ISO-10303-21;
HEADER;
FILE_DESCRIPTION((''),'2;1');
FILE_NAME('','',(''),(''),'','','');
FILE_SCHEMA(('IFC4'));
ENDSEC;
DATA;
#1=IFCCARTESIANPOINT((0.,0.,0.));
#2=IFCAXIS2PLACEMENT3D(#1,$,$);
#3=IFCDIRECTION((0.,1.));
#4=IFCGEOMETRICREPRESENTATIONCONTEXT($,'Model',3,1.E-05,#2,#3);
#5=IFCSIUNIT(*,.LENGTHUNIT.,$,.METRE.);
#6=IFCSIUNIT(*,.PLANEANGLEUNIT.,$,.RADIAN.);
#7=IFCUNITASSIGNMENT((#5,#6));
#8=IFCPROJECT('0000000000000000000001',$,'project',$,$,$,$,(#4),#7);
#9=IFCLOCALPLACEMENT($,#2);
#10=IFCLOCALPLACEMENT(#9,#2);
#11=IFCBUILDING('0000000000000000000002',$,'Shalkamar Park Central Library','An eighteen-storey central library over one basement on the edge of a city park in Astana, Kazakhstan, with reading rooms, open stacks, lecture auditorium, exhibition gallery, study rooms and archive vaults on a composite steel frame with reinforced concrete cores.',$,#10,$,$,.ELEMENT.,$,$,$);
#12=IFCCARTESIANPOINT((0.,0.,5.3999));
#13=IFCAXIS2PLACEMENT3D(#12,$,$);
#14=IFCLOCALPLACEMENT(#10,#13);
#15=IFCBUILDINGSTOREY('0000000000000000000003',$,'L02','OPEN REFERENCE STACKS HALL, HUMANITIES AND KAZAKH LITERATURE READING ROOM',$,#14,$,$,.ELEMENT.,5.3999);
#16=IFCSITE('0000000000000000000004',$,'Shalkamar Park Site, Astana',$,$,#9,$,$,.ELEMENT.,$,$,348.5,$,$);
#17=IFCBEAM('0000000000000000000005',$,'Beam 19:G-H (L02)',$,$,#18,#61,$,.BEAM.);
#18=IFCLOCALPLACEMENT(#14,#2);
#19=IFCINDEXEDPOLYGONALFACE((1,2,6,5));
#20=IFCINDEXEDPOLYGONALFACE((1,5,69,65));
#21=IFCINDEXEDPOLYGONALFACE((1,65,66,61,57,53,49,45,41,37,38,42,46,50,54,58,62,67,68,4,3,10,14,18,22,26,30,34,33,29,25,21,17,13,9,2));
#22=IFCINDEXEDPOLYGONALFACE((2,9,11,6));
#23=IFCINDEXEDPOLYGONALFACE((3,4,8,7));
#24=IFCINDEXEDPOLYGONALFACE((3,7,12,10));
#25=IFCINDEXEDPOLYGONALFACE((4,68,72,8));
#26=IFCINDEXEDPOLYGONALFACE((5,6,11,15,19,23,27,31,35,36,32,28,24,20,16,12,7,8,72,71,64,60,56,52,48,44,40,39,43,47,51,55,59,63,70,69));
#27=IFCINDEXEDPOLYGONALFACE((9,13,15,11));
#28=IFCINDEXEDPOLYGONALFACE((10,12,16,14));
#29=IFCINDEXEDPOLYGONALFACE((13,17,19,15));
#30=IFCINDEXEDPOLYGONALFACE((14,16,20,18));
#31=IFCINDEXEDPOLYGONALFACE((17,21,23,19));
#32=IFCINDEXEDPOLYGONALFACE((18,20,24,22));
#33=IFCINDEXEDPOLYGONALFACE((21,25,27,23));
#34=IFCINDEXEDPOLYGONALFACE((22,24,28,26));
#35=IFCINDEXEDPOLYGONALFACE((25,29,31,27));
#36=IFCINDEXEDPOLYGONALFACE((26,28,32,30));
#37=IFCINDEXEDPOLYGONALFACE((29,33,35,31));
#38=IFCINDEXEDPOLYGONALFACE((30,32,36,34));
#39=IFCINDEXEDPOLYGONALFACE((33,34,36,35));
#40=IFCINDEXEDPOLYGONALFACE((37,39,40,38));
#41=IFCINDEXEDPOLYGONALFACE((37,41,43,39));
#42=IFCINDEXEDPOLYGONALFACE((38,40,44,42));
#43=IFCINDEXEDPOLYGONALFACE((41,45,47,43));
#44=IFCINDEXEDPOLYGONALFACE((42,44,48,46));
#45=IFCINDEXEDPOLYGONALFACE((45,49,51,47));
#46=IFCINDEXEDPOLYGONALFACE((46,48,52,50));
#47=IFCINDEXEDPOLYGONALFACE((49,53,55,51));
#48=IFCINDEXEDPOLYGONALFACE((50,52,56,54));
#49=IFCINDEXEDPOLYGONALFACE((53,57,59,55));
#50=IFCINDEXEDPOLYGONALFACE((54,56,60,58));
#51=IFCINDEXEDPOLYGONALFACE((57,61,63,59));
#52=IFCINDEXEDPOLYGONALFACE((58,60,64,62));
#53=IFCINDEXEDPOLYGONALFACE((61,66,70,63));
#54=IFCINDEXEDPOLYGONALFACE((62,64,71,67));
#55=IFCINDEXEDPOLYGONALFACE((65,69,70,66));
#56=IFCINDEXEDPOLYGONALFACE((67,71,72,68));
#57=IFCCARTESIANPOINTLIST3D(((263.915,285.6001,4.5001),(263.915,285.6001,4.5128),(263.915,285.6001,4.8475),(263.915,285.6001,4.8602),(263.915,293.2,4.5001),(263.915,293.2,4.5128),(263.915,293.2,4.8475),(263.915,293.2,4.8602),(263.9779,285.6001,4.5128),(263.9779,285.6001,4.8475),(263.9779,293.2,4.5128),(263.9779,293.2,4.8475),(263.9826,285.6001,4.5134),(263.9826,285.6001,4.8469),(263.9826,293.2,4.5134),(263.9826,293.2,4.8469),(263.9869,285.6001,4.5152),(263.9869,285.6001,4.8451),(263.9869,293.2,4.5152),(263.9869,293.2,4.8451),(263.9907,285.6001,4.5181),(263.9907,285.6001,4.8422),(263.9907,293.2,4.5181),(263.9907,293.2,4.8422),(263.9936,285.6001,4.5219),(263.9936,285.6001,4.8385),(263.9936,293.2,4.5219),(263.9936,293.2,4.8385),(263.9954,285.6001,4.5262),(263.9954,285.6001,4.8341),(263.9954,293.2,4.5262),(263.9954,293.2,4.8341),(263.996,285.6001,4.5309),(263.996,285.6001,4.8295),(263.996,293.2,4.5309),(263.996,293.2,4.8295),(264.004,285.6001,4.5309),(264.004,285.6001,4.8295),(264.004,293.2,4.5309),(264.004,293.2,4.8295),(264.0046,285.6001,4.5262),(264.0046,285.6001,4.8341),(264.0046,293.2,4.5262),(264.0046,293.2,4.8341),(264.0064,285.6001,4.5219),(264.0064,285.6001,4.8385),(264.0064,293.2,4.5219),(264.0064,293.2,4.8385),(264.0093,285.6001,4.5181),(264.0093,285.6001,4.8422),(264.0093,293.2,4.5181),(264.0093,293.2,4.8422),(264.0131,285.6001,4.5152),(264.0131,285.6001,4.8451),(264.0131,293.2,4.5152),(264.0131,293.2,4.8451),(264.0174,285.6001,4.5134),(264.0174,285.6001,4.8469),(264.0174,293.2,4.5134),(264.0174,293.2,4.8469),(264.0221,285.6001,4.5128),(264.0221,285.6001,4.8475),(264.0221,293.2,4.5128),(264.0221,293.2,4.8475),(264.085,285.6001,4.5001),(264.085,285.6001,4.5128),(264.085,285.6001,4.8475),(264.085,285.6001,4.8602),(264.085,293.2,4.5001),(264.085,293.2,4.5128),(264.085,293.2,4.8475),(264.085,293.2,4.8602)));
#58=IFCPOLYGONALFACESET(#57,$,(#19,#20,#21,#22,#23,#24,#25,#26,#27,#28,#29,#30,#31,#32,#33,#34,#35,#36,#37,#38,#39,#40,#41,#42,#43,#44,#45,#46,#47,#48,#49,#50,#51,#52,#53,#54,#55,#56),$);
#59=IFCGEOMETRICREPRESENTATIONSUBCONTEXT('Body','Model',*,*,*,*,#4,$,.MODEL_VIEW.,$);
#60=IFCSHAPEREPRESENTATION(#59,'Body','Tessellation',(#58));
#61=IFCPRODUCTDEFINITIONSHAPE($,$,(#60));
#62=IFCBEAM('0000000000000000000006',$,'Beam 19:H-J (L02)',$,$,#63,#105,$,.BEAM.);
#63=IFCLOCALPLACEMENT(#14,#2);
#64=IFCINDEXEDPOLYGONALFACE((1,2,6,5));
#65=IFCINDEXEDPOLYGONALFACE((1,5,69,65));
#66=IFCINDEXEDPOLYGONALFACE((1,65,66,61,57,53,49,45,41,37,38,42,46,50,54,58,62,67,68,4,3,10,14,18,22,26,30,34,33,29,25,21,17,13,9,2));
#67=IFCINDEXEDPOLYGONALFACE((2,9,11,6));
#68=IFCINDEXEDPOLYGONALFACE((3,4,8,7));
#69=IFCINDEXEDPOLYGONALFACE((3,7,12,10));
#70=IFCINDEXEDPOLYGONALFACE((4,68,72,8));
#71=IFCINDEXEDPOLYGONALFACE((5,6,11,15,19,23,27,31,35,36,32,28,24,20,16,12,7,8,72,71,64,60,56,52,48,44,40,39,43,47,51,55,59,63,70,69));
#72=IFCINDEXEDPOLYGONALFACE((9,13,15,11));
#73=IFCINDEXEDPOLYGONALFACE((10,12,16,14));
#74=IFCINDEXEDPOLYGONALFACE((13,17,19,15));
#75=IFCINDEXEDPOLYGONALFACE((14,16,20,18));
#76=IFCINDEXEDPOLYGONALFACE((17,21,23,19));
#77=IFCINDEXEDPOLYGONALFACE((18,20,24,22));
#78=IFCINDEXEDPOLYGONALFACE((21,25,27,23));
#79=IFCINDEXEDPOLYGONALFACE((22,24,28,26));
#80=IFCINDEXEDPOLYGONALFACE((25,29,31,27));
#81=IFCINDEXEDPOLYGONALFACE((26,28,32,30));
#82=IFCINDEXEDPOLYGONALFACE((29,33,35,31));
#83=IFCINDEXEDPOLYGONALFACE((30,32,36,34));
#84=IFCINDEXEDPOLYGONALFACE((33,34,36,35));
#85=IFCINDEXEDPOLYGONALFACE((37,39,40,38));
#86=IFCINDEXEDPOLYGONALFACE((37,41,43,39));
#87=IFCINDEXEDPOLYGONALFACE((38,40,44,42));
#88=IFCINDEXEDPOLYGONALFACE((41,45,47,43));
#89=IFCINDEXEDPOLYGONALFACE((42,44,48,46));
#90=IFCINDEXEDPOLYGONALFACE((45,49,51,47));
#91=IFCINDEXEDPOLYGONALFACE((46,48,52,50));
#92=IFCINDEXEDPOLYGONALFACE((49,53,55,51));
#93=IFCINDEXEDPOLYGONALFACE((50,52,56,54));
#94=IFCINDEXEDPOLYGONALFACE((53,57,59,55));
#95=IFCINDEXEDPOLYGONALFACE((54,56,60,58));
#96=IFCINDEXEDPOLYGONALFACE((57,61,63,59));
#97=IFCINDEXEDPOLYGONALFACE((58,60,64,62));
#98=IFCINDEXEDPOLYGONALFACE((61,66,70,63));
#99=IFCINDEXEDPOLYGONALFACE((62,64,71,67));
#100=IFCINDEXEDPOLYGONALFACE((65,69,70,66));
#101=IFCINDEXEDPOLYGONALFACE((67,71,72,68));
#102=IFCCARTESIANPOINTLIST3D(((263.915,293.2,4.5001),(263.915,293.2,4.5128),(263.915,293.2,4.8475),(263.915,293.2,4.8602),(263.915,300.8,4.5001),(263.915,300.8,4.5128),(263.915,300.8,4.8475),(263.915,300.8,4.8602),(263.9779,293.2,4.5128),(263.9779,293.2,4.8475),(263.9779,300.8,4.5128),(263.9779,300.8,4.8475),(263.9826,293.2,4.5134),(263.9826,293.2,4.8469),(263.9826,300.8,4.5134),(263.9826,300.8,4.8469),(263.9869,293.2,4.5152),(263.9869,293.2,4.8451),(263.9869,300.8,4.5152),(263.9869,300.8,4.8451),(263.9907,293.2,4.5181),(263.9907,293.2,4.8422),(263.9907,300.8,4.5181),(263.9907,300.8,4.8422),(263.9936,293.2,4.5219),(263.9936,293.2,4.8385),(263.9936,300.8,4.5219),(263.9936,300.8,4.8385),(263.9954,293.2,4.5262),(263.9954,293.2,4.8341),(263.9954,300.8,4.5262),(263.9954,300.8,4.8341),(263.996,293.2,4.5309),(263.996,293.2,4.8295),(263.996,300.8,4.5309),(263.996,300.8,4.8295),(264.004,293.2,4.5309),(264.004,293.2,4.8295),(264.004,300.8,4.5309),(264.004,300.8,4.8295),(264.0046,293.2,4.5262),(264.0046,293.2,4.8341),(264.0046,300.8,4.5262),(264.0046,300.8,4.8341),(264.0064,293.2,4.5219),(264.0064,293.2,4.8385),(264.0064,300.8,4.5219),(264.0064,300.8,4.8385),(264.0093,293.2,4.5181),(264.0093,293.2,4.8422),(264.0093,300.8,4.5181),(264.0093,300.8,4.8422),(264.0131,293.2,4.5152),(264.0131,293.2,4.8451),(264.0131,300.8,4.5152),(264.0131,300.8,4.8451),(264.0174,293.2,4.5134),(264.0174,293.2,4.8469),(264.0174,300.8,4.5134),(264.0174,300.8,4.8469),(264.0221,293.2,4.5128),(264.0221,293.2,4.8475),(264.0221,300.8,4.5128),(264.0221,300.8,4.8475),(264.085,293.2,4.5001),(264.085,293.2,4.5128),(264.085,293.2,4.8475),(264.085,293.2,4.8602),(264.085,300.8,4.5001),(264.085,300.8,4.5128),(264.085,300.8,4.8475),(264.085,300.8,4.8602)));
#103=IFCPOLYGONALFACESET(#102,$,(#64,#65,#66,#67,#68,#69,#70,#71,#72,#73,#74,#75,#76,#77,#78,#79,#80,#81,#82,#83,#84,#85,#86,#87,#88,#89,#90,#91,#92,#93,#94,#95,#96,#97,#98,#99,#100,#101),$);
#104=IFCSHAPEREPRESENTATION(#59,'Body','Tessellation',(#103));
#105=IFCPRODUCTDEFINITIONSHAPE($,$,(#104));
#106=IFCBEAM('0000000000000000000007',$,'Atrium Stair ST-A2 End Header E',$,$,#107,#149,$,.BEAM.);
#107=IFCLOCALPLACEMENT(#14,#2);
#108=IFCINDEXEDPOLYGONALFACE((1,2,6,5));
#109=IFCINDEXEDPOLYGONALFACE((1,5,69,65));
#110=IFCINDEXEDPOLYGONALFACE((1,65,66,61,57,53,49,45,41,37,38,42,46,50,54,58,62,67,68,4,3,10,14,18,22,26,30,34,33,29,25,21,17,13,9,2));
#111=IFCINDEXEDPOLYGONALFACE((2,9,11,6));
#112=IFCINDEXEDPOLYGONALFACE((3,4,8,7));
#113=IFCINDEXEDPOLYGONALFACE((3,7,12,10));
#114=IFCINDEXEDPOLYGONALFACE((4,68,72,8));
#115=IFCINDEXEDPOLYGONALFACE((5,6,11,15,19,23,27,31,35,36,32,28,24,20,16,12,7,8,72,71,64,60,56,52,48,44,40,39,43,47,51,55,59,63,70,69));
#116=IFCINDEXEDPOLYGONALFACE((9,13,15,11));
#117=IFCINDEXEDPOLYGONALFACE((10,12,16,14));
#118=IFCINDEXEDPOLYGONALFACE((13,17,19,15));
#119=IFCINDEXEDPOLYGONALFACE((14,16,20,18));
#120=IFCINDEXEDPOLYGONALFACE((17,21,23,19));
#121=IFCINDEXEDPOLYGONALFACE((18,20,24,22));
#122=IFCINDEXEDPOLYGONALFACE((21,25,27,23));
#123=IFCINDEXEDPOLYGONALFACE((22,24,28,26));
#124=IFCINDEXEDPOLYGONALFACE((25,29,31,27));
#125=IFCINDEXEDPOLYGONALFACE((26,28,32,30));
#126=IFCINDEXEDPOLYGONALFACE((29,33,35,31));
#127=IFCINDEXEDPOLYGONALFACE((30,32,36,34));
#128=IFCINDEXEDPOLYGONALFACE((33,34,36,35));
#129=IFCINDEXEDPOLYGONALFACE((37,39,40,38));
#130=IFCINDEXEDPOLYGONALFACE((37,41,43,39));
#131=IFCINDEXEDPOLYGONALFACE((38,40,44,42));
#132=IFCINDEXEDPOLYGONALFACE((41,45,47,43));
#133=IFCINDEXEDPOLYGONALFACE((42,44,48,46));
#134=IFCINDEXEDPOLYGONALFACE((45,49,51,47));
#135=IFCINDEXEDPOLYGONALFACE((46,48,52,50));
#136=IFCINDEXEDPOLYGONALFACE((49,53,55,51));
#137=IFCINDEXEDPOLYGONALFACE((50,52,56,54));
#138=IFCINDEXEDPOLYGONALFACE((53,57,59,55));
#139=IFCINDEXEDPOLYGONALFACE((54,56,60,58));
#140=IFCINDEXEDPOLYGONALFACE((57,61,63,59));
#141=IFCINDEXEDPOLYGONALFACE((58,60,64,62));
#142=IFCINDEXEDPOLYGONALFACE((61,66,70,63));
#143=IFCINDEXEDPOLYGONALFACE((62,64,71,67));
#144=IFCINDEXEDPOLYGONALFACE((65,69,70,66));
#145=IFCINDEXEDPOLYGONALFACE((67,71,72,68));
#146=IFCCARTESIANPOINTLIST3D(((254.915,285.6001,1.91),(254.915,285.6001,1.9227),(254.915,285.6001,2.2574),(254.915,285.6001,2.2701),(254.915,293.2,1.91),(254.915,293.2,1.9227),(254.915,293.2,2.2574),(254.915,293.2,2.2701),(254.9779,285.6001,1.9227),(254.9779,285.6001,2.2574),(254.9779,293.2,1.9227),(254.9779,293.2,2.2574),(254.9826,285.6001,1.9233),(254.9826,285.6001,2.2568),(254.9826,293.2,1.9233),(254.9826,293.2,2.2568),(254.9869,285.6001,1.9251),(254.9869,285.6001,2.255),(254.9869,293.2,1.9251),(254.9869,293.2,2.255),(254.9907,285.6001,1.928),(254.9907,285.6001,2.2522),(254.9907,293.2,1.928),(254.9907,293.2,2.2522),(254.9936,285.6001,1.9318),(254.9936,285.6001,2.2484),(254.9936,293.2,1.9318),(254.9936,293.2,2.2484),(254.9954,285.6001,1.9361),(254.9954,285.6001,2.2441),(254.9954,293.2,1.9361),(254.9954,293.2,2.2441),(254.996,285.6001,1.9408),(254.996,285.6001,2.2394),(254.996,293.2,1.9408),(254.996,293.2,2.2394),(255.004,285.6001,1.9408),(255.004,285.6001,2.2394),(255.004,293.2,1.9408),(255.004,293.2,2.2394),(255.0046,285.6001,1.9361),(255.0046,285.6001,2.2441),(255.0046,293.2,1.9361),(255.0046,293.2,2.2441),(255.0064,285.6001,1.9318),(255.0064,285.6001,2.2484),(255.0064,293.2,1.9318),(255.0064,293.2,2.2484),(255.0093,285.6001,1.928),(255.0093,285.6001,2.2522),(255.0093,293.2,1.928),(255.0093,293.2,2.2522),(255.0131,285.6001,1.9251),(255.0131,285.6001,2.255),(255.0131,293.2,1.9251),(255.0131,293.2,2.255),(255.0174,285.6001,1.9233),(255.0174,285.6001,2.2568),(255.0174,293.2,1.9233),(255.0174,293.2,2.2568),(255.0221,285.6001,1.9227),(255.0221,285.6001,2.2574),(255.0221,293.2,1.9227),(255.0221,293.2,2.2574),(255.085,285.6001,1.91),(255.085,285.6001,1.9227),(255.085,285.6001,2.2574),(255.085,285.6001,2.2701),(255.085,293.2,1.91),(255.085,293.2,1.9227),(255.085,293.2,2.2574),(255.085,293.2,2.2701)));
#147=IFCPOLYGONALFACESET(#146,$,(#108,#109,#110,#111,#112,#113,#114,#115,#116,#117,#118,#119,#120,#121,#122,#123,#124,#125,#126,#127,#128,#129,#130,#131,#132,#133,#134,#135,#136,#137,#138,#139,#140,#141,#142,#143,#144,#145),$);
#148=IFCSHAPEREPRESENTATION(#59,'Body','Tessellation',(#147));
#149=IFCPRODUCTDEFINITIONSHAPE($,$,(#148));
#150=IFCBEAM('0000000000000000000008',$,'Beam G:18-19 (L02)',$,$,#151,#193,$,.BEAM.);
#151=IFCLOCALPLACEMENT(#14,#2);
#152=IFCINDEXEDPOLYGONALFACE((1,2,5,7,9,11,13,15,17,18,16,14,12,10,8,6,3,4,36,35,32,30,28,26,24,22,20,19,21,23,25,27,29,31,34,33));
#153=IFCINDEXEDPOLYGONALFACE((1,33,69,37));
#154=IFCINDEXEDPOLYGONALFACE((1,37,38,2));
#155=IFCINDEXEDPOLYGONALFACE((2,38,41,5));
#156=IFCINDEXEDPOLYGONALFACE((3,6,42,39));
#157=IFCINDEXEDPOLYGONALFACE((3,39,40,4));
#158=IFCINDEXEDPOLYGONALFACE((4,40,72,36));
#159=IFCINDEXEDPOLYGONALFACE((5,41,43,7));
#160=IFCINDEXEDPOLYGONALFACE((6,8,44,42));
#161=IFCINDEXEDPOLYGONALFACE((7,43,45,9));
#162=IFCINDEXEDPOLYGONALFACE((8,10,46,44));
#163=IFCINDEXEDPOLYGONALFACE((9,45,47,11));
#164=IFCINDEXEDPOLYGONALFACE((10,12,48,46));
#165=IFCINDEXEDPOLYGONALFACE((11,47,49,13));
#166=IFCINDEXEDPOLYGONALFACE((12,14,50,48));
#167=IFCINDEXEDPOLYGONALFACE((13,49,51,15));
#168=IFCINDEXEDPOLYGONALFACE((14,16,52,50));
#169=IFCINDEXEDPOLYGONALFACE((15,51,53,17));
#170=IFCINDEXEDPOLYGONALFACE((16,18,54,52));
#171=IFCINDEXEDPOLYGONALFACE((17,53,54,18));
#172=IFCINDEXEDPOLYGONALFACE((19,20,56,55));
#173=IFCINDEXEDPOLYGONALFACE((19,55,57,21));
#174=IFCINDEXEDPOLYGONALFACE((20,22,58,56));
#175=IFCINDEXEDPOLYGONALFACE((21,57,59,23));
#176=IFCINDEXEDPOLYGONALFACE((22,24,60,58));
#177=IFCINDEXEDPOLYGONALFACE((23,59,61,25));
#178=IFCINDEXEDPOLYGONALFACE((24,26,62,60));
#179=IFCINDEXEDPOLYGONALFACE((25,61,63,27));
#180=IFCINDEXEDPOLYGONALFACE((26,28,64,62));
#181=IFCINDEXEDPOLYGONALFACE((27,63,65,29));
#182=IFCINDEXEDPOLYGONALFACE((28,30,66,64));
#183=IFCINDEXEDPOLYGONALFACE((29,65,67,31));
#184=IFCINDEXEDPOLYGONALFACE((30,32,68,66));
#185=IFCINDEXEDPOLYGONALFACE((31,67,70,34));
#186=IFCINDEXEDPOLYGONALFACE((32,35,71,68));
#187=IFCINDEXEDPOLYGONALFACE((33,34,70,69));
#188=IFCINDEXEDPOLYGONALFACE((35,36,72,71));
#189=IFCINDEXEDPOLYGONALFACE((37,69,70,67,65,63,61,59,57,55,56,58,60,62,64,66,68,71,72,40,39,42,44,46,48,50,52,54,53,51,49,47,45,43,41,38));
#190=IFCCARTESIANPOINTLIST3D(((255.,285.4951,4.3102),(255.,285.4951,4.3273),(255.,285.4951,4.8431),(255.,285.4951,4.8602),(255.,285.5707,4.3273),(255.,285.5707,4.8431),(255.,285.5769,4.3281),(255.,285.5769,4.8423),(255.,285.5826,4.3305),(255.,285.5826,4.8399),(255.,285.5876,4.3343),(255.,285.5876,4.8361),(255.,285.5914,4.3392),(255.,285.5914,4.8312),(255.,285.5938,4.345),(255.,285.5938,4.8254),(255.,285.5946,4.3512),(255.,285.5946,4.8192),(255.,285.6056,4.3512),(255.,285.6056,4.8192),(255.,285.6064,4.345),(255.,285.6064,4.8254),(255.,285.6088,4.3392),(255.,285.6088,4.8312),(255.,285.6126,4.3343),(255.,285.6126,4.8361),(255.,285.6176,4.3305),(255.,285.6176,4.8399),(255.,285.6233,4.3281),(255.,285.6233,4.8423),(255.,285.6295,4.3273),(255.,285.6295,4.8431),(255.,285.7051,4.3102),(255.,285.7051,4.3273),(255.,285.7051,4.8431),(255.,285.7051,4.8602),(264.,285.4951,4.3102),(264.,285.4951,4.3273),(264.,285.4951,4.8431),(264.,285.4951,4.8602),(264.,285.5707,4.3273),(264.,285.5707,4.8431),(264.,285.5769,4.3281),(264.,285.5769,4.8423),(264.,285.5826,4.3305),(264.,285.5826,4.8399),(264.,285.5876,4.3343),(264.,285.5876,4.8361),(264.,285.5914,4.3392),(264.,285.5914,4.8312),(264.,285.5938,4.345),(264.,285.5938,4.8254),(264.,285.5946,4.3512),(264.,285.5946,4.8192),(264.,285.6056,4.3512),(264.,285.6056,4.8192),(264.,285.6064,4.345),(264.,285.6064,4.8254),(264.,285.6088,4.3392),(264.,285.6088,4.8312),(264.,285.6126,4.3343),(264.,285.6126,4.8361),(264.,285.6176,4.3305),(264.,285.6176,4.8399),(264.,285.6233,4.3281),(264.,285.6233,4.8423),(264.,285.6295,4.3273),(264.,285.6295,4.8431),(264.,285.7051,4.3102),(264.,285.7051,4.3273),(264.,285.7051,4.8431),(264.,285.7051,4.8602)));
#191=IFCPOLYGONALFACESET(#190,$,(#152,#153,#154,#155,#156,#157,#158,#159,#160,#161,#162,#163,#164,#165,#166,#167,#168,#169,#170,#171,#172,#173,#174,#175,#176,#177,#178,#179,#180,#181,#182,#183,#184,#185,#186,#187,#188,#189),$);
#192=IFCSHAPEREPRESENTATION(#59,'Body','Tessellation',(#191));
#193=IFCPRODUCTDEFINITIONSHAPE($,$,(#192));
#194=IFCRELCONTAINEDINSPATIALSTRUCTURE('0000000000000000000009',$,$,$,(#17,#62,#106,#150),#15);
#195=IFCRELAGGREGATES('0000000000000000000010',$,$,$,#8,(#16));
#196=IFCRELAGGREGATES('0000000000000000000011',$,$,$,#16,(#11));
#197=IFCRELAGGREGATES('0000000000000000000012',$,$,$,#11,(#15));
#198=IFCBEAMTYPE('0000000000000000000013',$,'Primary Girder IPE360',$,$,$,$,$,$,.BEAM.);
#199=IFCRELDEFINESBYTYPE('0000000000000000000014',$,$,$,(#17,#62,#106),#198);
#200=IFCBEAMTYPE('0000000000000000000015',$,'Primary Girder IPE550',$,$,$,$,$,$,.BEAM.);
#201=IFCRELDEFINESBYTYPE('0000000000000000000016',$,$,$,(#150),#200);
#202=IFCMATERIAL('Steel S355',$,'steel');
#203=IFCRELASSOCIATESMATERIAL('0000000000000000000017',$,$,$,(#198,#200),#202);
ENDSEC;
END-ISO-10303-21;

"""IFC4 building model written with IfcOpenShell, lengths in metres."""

from ifc_helpers import new_model, si_unit, direction, frame, origin, origin_2d, place, context, subcontext, project, spatial, i_section, extrude, material, material_profile, profile_set, type_object, element, save


model = new_model("IFC4")

# Units and contexts
model_context = context("Model", 3, precision=1e-05, world=origin(), true_north=direction((0.0, 1.0)))
body_context = subcontext(model_context, "Body", "Model", "MODEL_VIEW")
ifc_project = project(units=[si_unit("LENGTHUNIT", "METRE"), si_unit("PLANEANGLEUNIT", "RADIAN")], contexts=[model_context])

# Site, building, storey
site_placement = place(None, origin())
site = spatial("IfcSite", under=ifc_project, at=site_placement, Name="Shalkamar Park Site, Astana", CompositionType="ELEMENT", RefElevation=348.5)
building_placement = place(site_placement, origin())
building = spatial("IfcBuilding", under=site, at=building_placement, Name="Shalkamar Park Central Library", Description="An eighteen-storey central library over one basement on the edge of a city park in Astana, Kazakhstan, with reading rooms, open stacks, lecture auditorium, exhibition gallery, study rooms and archive vaults on a composite steel frame with reinforced concrete cores.", CompositionType="ELEMENT")
storey_placement = place(building_placement, frame((0.0, 0.0, 5.3999)))
storey = spatial("IfcBuildingStorey", under=building, at=storey_placement, Name="L02", Description="OPEN REFERENCE STACKS HALL, HUMANITIES AND KAZAKH LITERATURE READING ROOM", CompositionType="ELEMENT", Elevation=5.3999)

# Shared definitions
ifc_material_1 = material(Name="Steel S355", Category="steel")

# Beams
ifc_material_profile_1 = material_profile(ifc_material_1, i_section(OverallWidth=0.1699, OverallDepth=0.3601, WebThickness=0.0081, FlangeThickness=0.0127, FilletRadius=0.0181, at=origin_2d()), Name="IPE 360")
ifc_profile_set_1 = profile_set([ifc_material_profile_1], Name="Steel S355")
beam_type_1 = type_object("IfcBeamType", Name="Primary Girder IPE360", PredefinedType="BEAM", material=ifc_profile_set_1)
beam_1_placement = place(storey_placement, frame((264.0, 285.6001, 4.6802), z_axis=(0.0, 1.0, 0.0), x_axis=(-1.0, 0.0, 0.0)))
element("IfcBeam", 1, at=beam_1_placement, inside=storey, type_object=beam_type_1, Name="Beam 19:G-H (L02)", PredefinedType="BEAM", context=body_context, shape_type="SweptSolid", body=[
    extrude(i_section(OverallWidth=0.1699, OverallDepth=0.3601, WebThickness=0.0081, FlangeThickness=0.0127, FilletRadius=0.0181, at=origin_2d()), origin(), (0.0, 0.0, 1.0), 7.5999),
])
beam_2_placement = place(storey_placement, frame((264.0, 293.2, 4.6802), z_axis=(0.0, 1.0, 0.0), x_axis=(-1.0, 0.0, 0.0)))
element("IfcBeam", 2, at=beam_2_placement, inside=storey, type_object=beam_type_1, Name="Beam 19:H-J (L02)", PredefinedType="BEAM", context=body_context, shape_type="SweptSolid", body=[
    extrude(i_section(OverallWidth=0.1699, OverallDepth=0.3601, WebThickness=0.0081, FlangeThickness=0.0127, FilletRadius=0.0181, at=origin_2d()), origin(), (0.0, 0.0, 1.0), 7.6001),
])
beam_3_placement = place(storey_placement, frame((255.0, 285.6001, 2.0901), z_axis=(0.0, 1.0, 0.0), x_axis=(-1.0, 0.0, 0.0)))
element("IfcBeam", 3, at=beam_3_placement, inside=storey, type_object=beam_type_1, Name="Atrium Stair ST-A2 End Header E", PredefinedType="BEAM", context=body_context, shape_type="SweptSolid", body=[
    extrude(i_section(OverallWidth=0.1699, OverallDepth=0.3601, WebThickness=0.0081, FlangeThickness=0.0127, FilletRadius=0.0181, at=origin_2d()), origin(), (0.0, 0.0, 1.0), 7.5999),
])
ifc_material_profile_2 = material_profile(ifc_material_1, i_section(OverallWidth=0.21, OverallDepth=0.55, WebThickness=0.011, FlangeThickness=0.0171, FilletRadius=0.0239, at=origin_2d()), Name="IPE 550")
ifc_profile_set_2 = profile_set([ifc_material_profile_2], Name="Steel S355")
beam_type_2 = type_object("IfcBeamType", Name="Primary Girder IPE550", PredefinedType="BEAM", material=ifc_profile_set_2)
for number, where, z_axis, x_axis, name in (
    (4, (255.0, 285.6001, 4.5852), (1.0, 0.0, 0.0), (0.0, 1.0, 0.0), "Beam G:18-19 (L02)"),
):
    element("IfcBeam", number, at=place(storey_placement, frame(where, z_axis=z_axis, x_axis=x_axis)), inside=storey, type_object=beam_type_2, Name=name, PredefinedType="BEAM", context=body_context, shape_type="SweptSolid", body=[
        extrude(i_section(OverallWidth=0.21, OverallDepth=0.55, WebThickness=0.011, FlangeThickness=0.0171, FilletRadius=0.0239, at=origin_2d()), origin(), (0.0, 0.0, 1.0), 9.0),
    ])

save(model, "model.ifc")
